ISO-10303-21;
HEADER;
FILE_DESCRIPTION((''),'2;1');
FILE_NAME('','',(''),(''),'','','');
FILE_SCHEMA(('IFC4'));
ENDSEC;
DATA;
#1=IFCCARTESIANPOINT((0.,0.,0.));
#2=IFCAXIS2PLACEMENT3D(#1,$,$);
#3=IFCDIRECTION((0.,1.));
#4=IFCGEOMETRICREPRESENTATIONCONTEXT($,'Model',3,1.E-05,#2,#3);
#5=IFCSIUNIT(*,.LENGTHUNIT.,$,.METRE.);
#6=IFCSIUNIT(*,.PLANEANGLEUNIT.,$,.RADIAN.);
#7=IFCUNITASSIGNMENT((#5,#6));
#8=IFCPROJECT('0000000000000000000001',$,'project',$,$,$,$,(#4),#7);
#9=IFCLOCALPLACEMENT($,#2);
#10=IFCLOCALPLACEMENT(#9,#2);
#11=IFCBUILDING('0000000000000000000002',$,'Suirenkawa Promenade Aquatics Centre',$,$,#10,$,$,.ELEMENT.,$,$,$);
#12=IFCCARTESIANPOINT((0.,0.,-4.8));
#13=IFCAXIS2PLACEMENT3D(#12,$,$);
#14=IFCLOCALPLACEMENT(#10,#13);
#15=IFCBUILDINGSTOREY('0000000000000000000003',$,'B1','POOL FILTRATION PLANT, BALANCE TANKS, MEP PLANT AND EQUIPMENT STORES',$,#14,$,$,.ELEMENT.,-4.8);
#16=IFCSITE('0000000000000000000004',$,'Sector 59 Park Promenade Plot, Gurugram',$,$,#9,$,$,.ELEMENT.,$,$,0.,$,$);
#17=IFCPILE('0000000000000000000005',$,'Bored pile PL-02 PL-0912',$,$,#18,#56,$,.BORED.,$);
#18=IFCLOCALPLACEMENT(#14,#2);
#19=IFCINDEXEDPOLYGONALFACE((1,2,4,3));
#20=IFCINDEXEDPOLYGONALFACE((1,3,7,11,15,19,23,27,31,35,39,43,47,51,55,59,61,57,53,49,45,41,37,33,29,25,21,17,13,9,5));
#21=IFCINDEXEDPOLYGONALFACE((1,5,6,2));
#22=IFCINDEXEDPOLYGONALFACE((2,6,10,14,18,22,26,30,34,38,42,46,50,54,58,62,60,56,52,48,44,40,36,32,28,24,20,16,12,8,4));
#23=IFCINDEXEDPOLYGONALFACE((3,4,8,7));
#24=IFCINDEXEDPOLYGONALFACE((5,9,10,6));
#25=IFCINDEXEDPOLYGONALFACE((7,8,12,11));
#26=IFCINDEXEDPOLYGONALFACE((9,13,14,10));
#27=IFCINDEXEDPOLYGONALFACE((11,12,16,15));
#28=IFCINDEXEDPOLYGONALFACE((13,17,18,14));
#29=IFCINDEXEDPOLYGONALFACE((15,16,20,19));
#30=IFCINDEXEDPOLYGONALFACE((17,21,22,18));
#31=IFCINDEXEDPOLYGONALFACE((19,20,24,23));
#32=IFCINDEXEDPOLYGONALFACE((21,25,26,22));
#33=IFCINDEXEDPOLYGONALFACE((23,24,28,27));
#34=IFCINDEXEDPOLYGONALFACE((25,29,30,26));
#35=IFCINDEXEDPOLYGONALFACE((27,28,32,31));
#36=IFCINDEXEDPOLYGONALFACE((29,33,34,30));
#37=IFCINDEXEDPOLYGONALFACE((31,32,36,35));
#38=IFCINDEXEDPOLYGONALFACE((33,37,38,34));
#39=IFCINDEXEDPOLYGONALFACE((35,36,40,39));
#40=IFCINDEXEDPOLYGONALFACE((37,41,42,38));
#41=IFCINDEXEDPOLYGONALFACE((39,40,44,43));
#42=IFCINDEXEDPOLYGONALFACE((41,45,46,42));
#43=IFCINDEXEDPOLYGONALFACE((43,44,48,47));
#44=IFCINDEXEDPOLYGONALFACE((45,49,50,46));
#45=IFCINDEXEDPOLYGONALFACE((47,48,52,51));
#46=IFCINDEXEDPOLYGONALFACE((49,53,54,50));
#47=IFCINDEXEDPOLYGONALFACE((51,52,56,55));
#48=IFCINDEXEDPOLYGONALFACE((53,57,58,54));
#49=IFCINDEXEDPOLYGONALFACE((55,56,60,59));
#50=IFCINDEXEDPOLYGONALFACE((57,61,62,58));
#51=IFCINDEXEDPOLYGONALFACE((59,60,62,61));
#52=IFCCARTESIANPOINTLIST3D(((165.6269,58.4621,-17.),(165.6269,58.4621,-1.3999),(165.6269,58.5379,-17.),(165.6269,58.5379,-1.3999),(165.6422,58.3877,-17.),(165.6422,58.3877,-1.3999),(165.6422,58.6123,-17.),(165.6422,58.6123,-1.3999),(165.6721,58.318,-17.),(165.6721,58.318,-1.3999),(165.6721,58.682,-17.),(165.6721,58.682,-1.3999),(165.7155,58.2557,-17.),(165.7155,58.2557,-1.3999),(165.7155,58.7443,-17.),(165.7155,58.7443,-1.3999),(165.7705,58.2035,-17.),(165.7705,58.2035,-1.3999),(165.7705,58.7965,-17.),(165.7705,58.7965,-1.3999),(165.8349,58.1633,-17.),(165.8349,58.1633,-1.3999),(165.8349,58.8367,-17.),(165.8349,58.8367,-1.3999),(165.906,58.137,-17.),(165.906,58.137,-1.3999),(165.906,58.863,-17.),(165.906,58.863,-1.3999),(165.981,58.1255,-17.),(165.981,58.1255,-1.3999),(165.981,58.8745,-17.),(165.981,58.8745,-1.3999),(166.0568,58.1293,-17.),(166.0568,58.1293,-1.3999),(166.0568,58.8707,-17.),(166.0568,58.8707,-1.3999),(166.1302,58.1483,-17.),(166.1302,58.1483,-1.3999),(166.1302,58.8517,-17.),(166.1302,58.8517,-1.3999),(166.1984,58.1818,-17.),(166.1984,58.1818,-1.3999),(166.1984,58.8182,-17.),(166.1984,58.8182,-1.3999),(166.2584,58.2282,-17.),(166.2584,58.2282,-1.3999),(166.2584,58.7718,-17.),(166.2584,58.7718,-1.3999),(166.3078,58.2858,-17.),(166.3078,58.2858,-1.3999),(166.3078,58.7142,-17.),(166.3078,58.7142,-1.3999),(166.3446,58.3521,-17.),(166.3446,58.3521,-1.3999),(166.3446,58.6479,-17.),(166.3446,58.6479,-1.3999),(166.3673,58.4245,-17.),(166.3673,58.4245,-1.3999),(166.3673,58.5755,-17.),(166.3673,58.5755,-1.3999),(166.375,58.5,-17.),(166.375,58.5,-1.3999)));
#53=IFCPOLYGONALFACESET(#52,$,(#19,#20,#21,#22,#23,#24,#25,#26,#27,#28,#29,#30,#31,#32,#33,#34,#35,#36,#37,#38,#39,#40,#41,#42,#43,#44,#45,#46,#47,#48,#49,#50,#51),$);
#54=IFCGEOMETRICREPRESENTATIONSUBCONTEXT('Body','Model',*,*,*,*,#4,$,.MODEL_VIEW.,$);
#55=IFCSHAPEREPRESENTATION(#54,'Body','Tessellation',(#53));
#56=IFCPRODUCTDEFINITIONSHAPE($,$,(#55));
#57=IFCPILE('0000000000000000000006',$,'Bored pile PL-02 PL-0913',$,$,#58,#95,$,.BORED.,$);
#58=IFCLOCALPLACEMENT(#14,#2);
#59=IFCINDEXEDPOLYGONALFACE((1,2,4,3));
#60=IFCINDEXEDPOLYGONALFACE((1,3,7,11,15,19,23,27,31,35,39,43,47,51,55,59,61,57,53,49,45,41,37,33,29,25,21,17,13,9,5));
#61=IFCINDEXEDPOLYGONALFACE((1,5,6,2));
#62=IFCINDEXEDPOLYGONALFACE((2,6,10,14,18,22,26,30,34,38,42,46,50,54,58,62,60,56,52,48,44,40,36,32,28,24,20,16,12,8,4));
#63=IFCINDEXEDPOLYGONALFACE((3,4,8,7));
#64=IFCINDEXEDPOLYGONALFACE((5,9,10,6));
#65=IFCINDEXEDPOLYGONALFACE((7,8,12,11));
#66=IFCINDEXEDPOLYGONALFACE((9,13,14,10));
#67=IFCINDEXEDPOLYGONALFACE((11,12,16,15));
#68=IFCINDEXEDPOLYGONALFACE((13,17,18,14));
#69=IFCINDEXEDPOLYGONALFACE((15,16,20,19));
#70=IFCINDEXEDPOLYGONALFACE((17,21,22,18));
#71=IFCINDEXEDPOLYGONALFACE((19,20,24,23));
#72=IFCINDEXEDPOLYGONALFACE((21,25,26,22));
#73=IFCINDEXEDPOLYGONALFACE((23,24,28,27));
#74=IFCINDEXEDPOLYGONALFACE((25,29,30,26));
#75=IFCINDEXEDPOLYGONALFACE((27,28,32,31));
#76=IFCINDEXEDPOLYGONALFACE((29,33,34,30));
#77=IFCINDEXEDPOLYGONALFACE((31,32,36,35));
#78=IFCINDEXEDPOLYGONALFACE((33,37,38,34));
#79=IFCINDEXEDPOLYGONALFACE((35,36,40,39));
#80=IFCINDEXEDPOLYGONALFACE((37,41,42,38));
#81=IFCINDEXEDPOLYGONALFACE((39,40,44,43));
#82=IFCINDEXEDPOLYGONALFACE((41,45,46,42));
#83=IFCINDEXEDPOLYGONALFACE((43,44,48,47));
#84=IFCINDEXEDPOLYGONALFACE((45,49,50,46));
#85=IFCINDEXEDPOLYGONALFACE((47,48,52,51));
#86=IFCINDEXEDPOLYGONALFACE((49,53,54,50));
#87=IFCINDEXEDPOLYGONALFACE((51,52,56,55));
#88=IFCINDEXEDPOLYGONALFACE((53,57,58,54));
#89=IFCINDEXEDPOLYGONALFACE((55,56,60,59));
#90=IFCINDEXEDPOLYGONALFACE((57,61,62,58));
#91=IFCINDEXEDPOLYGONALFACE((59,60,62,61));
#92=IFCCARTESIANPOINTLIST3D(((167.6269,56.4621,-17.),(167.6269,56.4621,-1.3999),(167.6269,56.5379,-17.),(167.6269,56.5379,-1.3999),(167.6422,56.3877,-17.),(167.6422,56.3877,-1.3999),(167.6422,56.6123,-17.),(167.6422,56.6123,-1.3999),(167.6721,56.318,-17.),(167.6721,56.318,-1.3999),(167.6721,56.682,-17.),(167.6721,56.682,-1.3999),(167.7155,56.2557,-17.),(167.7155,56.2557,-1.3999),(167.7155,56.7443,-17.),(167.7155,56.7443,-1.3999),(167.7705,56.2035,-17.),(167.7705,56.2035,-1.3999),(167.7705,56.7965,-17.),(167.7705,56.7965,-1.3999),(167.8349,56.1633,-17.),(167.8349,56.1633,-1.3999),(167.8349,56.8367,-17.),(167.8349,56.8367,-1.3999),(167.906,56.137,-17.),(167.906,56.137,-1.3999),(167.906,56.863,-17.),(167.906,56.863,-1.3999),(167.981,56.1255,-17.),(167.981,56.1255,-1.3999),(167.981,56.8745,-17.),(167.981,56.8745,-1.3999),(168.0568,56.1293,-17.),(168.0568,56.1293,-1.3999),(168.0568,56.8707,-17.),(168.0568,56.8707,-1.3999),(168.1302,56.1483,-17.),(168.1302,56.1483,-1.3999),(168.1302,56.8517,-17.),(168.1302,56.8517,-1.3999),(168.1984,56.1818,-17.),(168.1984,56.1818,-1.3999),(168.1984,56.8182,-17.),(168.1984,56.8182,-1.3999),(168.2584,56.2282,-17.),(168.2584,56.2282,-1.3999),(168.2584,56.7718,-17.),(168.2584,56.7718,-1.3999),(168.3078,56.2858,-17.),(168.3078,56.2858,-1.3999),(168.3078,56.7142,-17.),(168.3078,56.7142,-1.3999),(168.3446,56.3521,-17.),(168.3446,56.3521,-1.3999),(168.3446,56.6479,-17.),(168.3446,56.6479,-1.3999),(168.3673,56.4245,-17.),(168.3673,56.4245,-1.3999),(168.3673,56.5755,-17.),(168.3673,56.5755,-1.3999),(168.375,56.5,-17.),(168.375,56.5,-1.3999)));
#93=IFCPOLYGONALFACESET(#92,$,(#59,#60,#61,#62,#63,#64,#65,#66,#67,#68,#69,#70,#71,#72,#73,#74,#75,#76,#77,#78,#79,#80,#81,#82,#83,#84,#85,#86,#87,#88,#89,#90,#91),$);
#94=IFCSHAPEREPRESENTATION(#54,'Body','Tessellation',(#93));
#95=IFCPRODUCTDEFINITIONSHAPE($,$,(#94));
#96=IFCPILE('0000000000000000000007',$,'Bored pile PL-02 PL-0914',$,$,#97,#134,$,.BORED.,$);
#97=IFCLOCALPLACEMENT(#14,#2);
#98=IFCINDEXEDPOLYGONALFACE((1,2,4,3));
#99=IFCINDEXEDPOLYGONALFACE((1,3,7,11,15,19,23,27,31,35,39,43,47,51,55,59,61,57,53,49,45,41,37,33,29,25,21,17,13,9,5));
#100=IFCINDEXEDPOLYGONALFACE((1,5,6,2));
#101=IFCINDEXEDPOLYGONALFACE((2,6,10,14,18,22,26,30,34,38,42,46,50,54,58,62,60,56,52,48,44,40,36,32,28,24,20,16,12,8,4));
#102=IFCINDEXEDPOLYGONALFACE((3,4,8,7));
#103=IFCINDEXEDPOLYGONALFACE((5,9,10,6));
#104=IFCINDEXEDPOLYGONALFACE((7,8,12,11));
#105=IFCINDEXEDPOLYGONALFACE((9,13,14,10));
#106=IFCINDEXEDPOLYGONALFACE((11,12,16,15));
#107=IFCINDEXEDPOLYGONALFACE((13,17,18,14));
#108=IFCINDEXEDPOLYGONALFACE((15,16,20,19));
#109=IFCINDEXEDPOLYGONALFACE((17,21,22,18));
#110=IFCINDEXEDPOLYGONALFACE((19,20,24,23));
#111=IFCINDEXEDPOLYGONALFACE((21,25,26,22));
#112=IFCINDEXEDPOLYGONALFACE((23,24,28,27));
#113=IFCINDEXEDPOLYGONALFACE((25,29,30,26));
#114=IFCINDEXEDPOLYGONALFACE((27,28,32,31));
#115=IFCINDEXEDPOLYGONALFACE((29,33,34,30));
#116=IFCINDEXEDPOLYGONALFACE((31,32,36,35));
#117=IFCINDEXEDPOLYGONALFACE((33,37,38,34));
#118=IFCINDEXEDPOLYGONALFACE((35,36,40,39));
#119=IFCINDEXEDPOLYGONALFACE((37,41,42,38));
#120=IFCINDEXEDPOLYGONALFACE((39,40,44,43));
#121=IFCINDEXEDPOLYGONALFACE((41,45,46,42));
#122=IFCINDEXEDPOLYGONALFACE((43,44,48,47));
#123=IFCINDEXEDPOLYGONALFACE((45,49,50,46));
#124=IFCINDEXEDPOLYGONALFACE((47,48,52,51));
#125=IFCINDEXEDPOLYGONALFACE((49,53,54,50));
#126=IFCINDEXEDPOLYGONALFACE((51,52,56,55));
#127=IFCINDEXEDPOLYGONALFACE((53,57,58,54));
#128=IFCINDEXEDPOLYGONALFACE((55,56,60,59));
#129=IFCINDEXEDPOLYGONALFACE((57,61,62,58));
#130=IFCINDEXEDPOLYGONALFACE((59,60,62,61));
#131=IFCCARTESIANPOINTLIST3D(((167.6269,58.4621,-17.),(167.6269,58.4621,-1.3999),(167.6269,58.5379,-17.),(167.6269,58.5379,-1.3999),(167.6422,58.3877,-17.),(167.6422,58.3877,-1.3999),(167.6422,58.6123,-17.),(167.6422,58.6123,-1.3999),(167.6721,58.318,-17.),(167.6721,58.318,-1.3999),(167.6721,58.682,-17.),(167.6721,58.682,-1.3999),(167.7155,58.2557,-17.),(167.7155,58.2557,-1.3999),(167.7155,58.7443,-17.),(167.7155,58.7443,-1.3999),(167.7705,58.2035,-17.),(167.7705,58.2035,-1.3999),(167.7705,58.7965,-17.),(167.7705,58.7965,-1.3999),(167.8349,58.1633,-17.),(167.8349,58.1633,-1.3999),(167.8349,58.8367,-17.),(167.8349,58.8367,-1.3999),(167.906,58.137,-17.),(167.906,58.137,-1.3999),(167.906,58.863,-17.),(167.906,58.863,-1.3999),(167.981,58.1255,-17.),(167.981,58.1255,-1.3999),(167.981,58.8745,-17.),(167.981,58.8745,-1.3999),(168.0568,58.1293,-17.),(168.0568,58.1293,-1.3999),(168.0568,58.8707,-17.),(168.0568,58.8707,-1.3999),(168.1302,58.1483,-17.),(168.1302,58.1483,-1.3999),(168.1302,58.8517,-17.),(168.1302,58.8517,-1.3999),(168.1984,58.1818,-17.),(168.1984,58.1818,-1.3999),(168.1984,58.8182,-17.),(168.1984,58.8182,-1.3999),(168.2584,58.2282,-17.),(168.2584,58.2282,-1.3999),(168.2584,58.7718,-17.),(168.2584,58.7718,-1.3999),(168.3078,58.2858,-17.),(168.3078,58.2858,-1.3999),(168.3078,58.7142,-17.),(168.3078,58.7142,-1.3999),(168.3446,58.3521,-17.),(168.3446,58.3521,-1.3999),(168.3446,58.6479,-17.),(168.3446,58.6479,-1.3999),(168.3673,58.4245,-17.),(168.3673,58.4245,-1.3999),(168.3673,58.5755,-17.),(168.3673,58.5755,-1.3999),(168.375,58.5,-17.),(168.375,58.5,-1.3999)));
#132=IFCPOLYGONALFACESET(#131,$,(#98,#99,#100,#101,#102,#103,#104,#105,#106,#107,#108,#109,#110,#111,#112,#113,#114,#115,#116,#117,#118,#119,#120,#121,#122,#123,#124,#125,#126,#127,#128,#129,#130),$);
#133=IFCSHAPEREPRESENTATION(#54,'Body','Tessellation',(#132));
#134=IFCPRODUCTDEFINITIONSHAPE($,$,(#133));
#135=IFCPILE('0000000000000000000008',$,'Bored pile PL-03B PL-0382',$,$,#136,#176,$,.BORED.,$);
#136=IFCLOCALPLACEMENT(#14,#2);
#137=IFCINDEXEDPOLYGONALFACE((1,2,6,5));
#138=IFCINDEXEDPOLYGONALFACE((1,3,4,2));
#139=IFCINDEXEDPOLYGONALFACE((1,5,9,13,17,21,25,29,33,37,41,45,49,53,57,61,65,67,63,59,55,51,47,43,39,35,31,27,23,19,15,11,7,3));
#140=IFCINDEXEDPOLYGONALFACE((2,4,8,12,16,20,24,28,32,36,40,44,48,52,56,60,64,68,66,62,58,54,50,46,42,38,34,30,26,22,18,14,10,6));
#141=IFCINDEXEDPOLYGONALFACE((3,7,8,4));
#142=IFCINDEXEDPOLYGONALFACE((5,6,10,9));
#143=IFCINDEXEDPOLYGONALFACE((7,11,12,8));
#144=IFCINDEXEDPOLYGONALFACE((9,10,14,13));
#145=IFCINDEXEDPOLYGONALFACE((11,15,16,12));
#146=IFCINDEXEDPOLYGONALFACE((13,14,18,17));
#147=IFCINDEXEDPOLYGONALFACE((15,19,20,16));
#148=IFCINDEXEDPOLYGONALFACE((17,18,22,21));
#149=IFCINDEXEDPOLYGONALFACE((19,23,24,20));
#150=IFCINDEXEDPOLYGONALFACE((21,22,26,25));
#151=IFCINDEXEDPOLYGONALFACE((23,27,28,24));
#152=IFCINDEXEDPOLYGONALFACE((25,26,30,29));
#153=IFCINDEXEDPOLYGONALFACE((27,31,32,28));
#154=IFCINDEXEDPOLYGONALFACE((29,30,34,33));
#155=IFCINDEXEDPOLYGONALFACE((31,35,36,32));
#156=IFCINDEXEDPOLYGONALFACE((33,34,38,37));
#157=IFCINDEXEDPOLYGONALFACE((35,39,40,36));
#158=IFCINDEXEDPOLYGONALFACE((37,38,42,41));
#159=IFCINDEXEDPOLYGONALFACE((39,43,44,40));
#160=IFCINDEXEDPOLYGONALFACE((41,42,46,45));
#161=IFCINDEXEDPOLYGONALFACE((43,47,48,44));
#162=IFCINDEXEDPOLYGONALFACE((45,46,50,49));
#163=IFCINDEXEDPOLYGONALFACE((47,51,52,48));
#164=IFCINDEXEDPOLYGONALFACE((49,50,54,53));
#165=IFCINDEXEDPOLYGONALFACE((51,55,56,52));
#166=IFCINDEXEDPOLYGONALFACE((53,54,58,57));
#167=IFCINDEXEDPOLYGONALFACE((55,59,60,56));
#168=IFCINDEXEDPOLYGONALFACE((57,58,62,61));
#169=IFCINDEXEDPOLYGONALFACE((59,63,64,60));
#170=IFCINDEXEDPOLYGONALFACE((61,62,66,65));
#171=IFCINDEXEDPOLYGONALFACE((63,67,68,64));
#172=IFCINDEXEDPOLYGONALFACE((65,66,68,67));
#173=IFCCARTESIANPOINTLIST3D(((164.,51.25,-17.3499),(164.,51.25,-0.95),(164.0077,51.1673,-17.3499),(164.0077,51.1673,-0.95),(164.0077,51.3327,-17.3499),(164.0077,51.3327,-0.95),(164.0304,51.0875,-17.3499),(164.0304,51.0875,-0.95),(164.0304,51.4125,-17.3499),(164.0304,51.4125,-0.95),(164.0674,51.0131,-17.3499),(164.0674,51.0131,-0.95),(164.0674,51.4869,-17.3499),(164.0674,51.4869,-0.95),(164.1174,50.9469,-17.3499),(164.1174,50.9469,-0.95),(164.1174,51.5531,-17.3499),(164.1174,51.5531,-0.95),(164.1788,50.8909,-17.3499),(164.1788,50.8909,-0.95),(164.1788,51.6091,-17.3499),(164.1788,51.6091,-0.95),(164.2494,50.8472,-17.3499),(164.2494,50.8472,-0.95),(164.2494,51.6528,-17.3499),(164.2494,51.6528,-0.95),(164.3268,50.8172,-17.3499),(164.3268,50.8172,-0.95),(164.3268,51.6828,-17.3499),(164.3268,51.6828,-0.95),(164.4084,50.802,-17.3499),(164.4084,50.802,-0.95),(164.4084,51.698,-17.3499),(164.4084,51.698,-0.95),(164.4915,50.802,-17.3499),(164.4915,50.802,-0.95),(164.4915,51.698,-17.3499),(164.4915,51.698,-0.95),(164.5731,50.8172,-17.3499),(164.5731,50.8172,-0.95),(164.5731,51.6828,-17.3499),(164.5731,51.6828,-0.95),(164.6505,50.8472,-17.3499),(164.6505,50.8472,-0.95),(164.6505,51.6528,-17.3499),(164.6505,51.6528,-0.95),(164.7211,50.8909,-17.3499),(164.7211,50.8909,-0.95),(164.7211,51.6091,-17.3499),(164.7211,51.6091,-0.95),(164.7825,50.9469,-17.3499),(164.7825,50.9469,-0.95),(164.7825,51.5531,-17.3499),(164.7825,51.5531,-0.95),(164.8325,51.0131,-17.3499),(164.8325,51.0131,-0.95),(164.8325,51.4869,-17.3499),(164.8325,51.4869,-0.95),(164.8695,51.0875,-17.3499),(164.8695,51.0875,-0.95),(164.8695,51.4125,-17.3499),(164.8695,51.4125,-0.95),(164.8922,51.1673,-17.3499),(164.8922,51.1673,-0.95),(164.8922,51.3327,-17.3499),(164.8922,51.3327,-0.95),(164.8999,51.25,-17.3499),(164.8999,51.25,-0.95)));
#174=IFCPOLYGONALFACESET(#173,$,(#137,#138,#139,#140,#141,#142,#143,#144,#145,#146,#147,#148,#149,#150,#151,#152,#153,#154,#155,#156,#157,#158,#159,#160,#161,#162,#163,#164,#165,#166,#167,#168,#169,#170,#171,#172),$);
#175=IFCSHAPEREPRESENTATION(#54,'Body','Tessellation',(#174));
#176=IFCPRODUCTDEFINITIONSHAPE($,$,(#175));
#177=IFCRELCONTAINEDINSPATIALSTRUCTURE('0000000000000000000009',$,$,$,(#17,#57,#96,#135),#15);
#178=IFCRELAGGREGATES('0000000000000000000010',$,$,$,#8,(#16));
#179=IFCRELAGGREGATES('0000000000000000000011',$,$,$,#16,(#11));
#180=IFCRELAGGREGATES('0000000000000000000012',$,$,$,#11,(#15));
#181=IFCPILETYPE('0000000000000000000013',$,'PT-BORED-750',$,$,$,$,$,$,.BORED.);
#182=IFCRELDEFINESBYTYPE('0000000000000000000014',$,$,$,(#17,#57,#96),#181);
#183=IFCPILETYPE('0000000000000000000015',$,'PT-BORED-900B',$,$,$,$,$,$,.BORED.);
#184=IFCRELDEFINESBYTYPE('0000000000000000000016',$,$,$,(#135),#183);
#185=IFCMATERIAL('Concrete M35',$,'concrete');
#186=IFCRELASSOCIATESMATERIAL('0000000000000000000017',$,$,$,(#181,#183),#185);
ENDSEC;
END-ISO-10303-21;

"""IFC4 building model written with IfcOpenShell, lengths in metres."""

from ifc_helpers import new_model, si_unit, direction, frame, origin, origin_2d, place, context, subcontext, project, spatial, circle, extrude, material, material_profile, profile_set, type_object, element, save


model = new_model("IFC4")

# Units and contexts
model_context = context("Model", 3, precision=1e-05, world=origin(), true_north=direction((0.0, 1.0)))
body_context = subcontext(model_context, "Body", "Model", "MODEL_VIEW")
ifc_project = project(units=[si_unit("LENGTHUNIT", "METRE"), si_unit("PLANEANGLEUNIT", "RADIAN")], contexts=[model_context])

# Site, building, storey
site_placement = place(None, origin())
site = spatial("IfcSite", under=ifc_project, at=site_placement, Name="Sector 59 Park Promenade Plot, Gurugram", CompositionType="ELEMENT", RefElevation=0.0)
building_placement = place(site_placement, origin())
building = spatial("IfcBuilding", under=site, at=building_placement, Name="Suirenkawa Promenade Aquatics Centre", CompositionType="ELEMENT")
storey_placement = place(building_placement, frame((0.0, 0.0, -4.8)))
storey = spatial("IfcBuildingStorey", under=building, at=storey_placement, Name="B1", Description="POOL FILTRATION PLANT, BALANCE TANKS, MEP PLANT AND EQUIPMENT STORES", CompositionType="ELEMENT", Elevation=-4.8)

# Shared definitions
ifc_material_1 = material(Name="Concrete M35", Category="concrete")

# Piles
ifc_material_profile_1 = material_profile(ifc_material_1, circle(Radius=0.375, at=origin_2d()), Name="PILE D750", Category="concrete")
ifc_profile_set_1 = profile_set([ifc_material_profile_1], Name="Concrete M35")
pile_type_1 = type_object("IfcPileType", Name="PT-BORED-750", PredefinedType="BORED", material=ifc_profile_set_1)
for number, where, z_axis, x_axis, name in (
    (1, (166.0, 58.5, -1.3999), (0.0, 0.0, -1.0), (1.0, 0.0, 0.0), "Bored pile PL-02 PL-0912"),
    (2, (168.0, 56.5, -1.3999), (0.0, 0.0, -1.0), (1.0, 0.0, 0.0), "Bored pile PL-02 PL-0913"),
    (3, (168.0, 58.5, -1.3999), (0.0, 0.0, -1.0), (1.0, 0.0, 0.0), "Bored pile PL-02 PL-0914"),
):
    element("IfcPile", number, at=place(storey_placement, frame(where, z_axis=z_axis, x_axis=x_axis)), inside=storey, type_object=pile_type_1, Name=name, PredefinedType="BORED", context=body_context, shape_type="SweptSolid", body=[
        extrude(circle(Radius=0.375, at=origin_2d()), origin(), (0.0, 0.0, 1.0), 15.6001),
    ])
ifc_material_profile_2 = material_profile(ifc_material_1, circle(Radius=0.45, at=origin_2d()), Name="PILE D900", Category="concrete")
ifc_profile_set_2 = profile_set([ifc_material_profile_2], Name="Concrete M35")
pile_type_2 = type_object("IfcPileType", Name="PT-BORED-900B", PredefinedType="BORED", material=ifc_profile_set_2)
for number, where, z_axis, x_axis, name in (
    (4, (164.45, 51.25, -0.95), (0.0, 0.0, -1.0), (1.0, 0.0, 0.0), "Bored pile PL-03B PL-0382"),
):
    element("IfcPile", number, at=place(storey_placement, frame(where, z_axis=z_axis, x_axis=x_axis)), inside=storey, type_object=pile_type_2, Name=name, PredefinedType="BORED", context=body_context, shape_type="SweptSolid", body=[
        extrude(circle(Radius=0.45, at=origin_2d()), origin(), (0.0, 0.0, 1.0), 16.3999),
    ])

save(model, "model.ifc")
